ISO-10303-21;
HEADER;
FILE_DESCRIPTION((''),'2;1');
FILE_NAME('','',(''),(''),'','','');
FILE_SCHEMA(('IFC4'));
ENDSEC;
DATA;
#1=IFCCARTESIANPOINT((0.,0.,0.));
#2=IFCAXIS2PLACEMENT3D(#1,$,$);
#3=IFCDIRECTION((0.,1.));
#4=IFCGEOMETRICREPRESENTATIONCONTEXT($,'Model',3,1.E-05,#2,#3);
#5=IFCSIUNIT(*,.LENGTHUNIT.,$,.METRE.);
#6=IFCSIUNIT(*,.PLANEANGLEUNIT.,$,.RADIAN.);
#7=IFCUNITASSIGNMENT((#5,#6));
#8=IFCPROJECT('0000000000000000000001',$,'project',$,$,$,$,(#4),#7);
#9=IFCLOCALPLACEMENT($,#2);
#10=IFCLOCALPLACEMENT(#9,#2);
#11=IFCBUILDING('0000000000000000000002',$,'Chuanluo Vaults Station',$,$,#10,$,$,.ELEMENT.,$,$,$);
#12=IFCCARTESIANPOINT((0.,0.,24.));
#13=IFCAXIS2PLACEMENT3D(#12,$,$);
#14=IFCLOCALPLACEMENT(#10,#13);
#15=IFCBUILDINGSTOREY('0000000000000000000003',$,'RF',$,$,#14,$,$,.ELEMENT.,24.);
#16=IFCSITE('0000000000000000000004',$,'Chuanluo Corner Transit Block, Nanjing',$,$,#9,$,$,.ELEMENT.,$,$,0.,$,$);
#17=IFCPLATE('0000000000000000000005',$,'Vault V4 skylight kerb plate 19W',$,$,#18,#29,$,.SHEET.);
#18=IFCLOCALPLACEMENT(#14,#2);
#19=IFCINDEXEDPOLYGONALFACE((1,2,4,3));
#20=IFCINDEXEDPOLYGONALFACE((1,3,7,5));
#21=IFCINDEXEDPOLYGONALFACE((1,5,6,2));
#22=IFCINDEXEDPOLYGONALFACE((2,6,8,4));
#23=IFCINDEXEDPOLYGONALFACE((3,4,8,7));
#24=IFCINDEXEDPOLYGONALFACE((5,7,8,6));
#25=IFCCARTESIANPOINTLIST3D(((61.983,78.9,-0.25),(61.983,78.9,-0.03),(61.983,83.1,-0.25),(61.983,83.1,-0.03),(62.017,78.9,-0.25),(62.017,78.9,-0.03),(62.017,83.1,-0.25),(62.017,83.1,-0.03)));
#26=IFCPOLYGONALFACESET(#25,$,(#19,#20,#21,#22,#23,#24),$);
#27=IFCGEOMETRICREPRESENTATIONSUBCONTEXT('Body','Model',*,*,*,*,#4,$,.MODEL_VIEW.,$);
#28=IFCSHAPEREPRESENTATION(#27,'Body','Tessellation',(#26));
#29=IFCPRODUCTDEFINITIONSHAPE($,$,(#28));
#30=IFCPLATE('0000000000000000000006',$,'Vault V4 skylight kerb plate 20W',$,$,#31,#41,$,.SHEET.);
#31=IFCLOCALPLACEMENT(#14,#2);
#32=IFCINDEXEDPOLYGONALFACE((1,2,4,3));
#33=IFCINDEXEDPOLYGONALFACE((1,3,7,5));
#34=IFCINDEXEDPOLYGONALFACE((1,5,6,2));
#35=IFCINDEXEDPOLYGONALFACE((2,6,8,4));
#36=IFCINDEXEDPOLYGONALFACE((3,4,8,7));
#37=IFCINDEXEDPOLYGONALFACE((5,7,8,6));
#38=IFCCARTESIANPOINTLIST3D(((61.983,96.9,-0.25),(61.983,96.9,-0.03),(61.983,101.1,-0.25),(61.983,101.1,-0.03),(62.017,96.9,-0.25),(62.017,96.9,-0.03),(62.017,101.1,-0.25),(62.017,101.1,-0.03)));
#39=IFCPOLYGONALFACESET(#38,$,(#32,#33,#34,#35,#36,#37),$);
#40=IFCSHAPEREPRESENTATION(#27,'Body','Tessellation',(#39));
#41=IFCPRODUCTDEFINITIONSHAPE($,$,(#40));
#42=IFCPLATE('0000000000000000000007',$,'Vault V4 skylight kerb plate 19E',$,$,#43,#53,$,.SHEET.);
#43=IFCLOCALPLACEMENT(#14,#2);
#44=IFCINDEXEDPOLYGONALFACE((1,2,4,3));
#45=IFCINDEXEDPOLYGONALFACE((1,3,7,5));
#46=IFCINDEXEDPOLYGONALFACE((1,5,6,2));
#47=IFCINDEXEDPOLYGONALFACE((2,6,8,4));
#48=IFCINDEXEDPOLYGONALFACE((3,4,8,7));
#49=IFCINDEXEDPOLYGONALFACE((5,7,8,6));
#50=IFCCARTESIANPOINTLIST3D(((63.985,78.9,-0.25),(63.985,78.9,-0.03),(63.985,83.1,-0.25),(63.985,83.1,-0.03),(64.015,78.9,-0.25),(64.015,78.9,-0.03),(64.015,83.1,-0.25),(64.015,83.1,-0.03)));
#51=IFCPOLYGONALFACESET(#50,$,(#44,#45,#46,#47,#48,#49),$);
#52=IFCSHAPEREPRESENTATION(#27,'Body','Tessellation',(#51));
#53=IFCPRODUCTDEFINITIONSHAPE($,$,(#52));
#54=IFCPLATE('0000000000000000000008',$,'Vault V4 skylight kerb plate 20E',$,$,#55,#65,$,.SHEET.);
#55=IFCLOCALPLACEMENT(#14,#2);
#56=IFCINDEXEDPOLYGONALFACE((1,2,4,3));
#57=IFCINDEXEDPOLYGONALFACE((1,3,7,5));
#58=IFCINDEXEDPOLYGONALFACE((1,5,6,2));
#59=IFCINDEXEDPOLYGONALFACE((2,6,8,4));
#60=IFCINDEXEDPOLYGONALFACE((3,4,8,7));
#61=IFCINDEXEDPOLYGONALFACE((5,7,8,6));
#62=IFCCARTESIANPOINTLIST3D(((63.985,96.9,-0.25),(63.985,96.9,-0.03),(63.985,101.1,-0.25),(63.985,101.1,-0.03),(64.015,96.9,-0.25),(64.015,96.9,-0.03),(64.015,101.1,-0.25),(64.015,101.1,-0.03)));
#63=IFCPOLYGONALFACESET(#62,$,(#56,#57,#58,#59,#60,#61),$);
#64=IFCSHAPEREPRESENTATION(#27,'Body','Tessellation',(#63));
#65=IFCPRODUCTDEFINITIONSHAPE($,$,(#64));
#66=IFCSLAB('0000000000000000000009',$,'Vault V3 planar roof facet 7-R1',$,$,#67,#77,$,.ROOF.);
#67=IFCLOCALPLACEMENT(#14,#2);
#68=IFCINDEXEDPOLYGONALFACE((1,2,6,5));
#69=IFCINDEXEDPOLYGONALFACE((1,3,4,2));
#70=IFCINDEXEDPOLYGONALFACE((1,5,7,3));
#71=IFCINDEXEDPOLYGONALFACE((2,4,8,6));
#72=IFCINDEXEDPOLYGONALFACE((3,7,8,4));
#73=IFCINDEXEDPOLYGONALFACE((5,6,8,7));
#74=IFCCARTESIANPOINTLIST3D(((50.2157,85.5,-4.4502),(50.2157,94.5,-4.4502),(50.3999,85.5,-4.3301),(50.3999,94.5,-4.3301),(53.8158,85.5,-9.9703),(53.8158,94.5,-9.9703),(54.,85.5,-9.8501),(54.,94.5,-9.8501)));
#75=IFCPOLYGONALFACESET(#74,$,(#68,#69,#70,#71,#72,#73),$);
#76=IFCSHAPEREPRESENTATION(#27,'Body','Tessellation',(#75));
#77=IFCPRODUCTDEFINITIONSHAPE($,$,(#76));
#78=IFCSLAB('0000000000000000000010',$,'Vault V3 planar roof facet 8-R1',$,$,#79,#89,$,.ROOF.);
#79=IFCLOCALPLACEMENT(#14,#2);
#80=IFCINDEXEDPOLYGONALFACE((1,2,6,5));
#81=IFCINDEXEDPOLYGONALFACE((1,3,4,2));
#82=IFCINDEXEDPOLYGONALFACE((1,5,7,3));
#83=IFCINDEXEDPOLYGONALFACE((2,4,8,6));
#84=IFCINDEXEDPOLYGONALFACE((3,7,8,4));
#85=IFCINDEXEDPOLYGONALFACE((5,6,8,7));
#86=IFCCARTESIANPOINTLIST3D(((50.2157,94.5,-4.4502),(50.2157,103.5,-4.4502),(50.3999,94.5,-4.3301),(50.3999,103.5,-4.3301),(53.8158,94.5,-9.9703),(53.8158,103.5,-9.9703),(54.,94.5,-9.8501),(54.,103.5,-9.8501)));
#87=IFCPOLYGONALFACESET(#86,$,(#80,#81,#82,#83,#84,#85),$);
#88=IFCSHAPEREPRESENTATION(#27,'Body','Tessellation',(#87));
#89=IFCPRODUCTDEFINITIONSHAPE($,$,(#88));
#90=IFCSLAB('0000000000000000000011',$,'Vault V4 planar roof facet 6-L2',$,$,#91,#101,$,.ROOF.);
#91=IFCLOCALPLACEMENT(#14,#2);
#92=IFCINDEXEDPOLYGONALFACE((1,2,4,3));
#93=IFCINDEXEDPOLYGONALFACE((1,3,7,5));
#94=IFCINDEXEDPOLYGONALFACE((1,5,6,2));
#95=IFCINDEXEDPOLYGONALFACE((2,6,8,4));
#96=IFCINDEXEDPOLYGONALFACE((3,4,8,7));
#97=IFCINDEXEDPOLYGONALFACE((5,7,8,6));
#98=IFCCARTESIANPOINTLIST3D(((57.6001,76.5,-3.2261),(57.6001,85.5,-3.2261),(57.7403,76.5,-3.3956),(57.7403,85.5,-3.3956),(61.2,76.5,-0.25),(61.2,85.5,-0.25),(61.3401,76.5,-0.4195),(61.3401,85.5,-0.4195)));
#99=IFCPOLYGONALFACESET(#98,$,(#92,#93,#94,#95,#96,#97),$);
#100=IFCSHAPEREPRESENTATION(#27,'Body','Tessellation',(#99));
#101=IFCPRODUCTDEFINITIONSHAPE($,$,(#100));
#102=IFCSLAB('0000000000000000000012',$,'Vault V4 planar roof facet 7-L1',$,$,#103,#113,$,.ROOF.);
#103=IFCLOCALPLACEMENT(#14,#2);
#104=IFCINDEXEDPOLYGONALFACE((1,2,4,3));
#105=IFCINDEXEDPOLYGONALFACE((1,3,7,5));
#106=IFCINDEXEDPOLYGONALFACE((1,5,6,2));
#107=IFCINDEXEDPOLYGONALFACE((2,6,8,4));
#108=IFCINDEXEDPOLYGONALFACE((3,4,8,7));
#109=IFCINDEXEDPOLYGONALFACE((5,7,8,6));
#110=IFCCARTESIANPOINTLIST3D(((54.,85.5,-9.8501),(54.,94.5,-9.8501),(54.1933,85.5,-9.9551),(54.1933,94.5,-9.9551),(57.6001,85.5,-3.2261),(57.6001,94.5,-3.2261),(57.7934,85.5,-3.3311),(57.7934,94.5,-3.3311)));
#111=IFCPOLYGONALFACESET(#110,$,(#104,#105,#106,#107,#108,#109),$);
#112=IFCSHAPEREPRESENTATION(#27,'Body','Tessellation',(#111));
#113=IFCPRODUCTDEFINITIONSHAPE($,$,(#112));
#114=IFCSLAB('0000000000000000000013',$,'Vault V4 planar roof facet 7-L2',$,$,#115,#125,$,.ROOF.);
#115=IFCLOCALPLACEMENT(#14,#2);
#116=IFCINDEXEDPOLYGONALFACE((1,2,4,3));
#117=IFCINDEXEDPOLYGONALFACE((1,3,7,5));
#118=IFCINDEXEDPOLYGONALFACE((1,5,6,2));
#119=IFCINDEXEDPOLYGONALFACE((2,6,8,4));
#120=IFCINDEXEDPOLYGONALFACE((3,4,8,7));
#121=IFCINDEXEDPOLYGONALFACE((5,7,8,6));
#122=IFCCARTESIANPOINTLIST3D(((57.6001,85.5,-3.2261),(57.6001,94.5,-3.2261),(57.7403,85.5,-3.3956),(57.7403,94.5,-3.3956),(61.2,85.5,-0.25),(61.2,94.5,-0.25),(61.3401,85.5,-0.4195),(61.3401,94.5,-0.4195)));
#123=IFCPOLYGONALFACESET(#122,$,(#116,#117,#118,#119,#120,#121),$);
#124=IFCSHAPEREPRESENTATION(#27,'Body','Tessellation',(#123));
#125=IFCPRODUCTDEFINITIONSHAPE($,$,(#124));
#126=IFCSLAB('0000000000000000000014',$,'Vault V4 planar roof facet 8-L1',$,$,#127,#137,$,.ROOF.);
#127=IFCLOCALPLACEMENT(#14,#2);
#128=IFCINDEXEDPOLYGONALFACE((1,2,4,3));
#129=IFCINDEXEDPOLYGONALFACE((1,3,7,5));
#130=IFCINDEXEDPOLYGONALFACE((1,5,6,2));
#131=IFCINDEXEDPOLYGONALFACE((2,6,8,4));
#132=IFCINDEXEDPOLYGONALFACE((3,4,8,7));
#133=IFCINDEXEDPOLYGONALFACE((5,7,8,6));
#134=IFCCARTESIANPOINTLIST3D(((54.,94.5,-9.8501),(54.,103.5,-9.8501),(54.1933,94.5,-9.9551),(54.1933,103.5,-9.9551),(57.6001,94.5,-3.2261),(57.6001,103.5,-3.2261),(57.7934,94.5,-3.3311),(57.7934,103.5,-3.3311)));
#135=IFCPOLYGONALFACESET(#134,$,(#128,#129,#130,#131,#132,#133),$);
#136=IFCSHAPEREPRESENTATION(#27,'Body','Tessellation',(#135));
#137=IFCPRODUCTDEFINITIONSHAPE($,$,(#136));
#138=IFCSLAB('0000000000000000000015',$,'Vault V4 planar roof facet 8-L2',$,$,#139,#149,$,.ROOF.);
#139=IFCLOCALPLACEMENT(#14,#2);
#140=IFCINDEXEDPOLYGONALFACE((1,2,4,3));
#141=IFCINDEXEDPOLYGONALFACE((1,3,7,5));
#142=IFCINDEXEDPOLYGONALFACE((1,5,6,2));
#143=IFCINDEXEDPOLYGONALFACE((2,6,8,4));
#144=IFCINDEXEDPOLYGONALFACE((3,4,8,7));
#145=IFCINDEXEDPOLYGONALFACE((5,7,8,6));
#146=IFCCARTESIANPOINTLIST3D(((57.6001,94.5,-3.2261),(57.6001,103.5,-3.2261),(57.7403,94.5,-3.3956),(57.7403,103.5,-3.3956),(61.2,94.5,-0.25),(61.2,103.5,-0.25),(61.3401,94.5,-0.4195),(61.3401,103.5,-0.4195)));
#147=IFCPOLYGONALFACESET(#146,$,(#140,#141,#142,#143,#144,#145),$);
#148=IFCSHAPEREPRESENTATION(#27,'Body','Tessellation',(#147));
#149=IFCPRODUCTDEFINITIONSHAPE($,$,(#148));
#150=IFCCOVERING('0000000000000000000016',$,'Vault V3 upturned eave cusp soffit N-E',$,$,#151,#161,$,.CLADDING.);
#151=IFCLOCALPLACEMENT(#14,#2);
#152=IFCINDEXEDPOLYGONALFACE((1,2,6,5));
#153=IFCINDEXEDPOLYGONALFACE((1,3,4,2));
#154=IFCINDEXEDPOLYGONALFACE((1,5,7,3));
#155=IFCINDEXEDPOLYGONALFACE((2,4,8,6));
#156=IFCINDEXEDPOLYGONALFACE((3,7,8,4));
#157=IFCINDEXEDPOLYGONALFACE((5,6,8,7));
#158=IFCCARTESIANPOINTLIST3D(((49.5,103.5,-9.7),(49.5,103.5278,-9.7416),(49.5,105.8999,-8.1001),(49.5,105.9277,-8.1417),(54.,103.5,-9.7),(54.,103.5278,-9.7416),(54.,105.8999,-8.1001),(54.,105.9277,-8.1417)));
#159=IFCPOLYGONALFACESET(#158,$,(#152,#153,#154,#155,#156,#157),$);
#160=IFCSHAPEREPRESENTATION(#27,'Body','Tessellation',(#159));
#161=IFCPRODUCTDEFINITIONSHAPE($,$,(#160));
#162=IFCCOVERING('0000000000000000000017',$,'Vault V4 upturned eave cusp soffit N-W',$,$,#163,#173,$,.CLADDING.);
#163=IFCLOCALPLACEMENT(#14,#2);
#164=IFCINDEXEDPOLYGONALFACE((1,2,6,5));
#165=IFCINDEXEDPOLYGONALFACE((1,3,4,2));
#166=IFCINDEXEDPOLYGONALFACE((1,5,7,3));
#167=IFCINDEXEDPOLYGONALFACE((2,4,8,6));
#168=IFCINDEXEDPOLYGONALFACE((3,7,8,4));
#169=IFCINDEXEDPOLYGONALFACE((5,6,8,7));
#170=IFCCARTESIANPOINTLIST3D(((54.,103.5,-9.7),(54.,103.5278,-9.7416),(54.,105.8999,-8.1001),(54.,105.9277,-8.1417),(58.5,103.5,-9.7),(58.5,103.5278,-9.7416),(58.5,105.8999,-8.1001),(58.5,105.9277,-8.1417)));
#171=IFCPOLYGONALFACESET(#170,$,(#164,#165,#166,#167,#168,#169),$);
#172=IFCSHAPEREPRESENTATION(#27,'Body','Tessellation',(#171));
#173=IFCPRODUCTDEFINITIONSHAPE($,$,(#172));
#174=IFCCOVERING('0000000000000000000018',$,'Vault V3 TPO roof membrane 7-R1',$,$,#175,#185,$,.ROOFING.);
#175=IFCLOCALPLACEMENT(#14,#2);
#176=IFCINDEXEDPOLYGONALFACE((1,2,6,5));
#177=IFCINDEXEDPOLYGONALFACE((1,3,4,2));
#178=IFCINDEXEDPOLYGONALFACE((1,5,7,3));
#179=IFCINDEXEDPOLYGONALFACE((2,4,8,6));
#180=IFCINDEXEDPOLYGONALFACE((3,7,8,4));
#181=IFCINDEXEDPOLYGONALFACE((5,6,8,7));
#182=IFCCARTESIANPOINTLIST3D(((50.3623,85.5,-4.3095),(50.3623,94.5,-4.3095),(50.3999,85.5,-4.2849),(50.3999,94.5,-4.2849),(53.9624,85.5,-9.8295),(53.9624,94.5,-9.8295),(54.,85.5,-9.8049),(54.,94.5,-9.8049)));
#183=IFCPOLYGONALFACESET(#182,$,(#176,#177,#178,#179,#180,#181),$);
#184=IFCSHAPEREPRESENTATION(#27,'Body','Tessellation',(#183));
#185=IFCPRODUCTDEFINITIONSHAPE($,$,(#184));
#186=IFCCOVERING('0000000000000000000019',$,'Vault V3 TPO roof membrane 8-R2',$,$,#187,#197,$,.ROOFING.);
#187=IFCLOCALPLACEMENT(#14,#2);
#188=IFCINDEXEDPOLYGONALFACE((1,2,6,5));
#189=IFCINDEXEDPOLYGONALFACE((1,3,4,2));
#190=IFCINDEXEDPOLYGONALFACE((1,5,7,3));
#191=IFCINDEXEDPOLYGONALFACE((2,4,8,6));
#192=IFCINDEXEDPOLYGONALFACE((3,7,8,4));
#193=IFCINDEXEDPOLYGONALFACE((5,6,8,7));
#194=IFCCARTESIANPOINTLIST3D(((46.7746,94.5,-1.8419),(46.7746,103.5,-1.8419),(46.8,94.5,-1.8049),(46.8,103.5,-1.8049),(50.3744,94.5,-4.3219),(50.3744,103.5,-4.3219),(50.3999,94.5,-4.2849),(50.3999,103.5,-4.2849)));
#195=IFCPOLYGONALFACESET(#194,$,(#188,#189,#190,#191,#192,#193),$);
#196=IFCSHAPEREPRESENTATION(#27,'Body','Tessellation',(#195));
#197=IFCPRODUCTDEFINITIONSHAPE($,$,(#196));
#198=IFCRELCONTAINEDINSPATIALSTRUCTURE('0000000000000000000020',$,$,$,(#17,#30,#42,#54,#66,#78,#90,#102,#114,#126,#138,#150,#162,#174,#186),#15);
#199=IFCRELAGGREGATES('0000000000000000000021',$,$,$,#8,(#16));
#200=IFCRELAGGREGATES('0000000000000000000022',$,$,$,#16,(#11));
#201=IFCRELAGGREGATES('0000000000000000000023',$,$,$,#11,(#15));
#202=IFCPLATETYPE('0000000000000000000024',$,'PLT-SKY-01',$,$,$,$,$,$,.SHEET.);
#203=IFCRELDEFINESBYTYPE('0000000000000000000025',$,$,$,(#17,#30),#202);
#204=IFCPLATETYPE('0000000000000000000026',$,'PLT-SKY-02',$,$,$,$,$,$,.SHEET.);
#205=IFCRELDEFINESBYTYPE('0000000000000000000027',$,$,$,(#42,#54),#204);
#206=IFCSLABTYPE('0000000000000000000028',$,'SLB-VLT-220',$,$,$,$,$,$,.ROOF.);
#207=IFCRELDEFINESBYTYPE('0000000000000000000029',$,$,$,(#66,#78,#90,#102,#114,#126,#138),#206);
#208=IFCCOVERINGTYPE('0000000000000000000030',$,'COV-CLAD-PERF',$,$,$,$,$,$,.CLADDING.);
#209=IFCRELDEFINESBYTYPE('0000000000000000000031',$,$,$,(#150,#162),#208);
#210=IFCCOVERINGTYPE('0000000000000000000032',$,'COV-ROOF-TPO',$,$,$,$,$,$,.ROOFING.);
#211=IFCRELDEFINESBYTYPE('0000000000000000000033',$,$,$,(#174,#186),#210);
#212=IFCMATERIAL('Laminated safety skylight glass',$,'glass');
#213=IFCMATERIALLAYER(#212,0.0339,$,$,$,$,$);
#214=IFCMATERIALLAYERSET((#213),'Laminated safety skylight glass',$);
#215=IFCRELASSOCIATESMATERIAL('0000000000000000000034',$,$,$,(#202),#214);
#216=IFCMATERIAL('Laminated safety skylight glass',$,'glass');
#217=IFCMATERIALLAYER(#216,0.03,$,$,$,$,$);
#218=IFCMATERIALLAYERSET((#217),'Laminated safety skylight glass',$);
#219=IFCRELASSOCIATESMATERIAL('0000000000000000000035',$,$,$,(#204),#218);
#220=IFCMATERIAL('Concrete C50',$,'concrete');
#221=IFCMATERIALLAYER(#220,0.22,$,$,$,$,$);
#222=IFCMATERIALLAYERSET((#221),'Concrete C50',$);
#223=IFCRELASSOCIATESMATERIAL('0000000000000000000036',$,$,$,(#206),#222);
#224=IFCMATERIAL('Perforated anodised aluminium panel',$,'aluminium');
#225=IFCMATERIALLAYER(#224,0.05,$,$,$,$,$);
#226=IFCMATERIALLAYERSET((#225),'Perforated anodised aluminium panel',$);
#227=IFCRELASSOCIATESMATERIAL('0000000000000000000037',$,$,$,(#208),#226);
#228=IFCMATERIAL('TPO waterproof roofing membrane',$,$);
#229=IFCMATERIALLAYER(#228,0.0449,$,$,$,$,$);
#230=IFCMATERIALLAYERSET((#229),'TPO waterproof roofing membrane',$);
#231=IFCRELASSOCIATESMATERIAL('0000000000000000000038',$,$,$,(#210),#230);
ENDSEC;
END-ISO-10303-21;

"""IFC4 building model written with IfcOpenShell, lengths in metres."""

from ifc_helpers import new_model, si_unit, direction, frame, origin, origin_2d, place, context, subcontext, project, spatial, polyline, rectangle, outline, extrude, material, layer, layer_set, type_object, element, save


model = new_model("IFC4")

# Units and contexts
model_context = context("Model", 3, precision=1e-05, world=origin(), true_north=direction((0.0, 1.0)))
body_context = subcontext(model_context, "Body", "Model", "MODEL_VIEW")
ifc_project = project(units=[si_unit("LENGTHUNIT", "METRE"), si_unit("PLANEANGLEUNIT", "RADIAN")], contexts=[model_context])

# Site, building, storey
site_placement = place(None, origin())
site = spatial("IfcSite", under=ifc_project, at=site_placement, Name="Chuanluo Corner Transit Block, Nanjing", CompositionType="ELEMENT", RefElevation=0.0)
building_placement = place(site_placement, origin())
building = spatial("IfcBuilding", under=site, at=building_placement, Name="Chuanluo Vaults Station", CompositionType="ELEMENT")
storey_placement = place(building_placement, frame((0.0, 0.0, 24.0)))
storey = spatial("IfcBuildingStorey", under=building, at=storey_placement, Name="RF", CompositionType="ELEMENT", Elevation=24.0)

# Plates
ifc_material_1 = material(Name="Laminated safety skylight glass", Category="glass")
ifc_layer_1 = layer(ifc_material_1, 0.0339)
ifc_layer_set_1 = layer_set([ifc_layer_1], Name="Laminated safety skylight glass")
plate_type_1 = type_object("IfcPlateType", Name="PLT-SKY-01", PredefinedType="SHEET", material=ifc_layer_set_1)
for number, where, z_axis, x_axis, name in (
    (1, (62.0, 81.0, -0.25), (0.0, 0.0, 1.0), (1.0, 0.0, 0.0), "Vault V4 skylight kerb plate 19W"),
    (2, (62.0, 99.0, -0.25), (0.0, 0.0, 1.0), (1.0, 0.0, 0.0), "Vault V4 skylight kerb plate 20W"),
):
    element("IfcPlate", number, at=place(storey_placement, frame(where, z_axis=z_axis, x_axis=x_axis)), inside=storey, type_object=plate_type_1, Name=name, PredefinedType="SHEET", context=body_context, shape_type="SweptSolid", body=[
        extrude(rectangle(XDim=0.0339, YDim=4.2, at=origin_2d()), origin(), (0.0, 0.0, 1.0), 0.22),
    ])
ifc_material_2 = material(Name="Laminated safety skylight glass", Category="glass")
ifc_layer_2 = layer(ifc_material_2, 0.03)
ifc_layer_set_2 = layer_set([ifc_layer_2], Name="Laminated safety skylight glass")
plate_type_2 = type_object("IfcPlateType", Name="PLT-SKY-02", PredefinedType="SHEET", material=ifc_layer_set_2)
for number, where, z_axis, x_axis, name in (
    (3, (64.0, 81.0, -0.25), (0.0, 0.0, 1.0), (1.0, 0.0, 0.0), "Vault V4 skylight kerb plate 19E"),
    (4, (64.0, 99.0, -0.25), (0.0, 0.0, 1.0), (1.0, 0.0, 0.0), "Vault V4 skylight kerb plate 20E"),
):
    element("IfcPlate", number, at=place(storey_placement, frame(where, z_axis=z_axis, x_axis=x_axis)), inside=storey, type_object=plate_type_2, Name=name, PredefinedType="SHEET", context=body_context, shape_type="SweptSolid", body=[
        extrude(rectangle(XDim=0.03, YDim=4.2, at=origin_2d()), origin(), (0.0, 0.0, 1.0), 0.22),
    ])

# Slabs
ifc_material_3 = material(Name="Concrete C50", Category="concrete")
ifc_layer_3 = layer(ifc_material_3, 0.22)
ifc_layer_set_3 = layer_set([ifc_layer_3], Name="Concrete C50")
slab_type = type_object("IfcSlabType", Name="SLB-VLT-220", PredefinedType="ROOF", material=ifc_layer_set_3)
for number, where, z_axis, x_axis, name in (
    (5, (50.3999, 85.5, -4.3301), (0.837605, 0.0, 0.546277), (0.546277, 0.0, -0.837605), "Vault V3 planar roof facet 7-R1"),
    (6, (50.3999, 94.5, -4.3301), (0.837605, 0.0, 0.546277), (0.546277, 0.0, -0.837605), "Vault V3 planar roof facet 8-R1"),
):
    element("IfcSlab", number, at=place(storey_placement, frame(where, z_axis=z_axis, x_axis=x_axis)), inside=storey, type_object=slab_type, Name=name, PredefinedType="ROOF", context=body_context, shape_type="SweptSolid", body=[
        extrude(outline(polyline([(0.0, 0.0), (6.5902, 0.0), (6.5902, 9.0), (0.0, 9.0), (0.0, 0.0)])), origin(), (0.0, 0.0, -1.0), 0.22),
    ])
slab_1_placement = place(storey_placement, frame((57.6001, 76.5, -3.2261), z_axis=(-0.637172, 0.0, 0.770722), x_axis=(0.770722, 0.0, 0.637172)))
element("IfcSlab", 7, at=slab_1_placement, inside=storey, type_object=slab_type, Name="Vault V4 planar roof facet 6-L2", PredefinedType="ROOF", context=body_context, shape_type="SweptSolid", body=[
    extrude(outline(polyline([(0.0, 0.0), (4.6708, 0.0), (4.6708, 9.0), (0.0, 9.0), (0.0, 0.0)])), origin(), (0.0, 0.0, -1.0), 0.22),
])
slab_2_placement = place(storey_placement, frame((54.0, 85.5, -9.8501), z_axis=(-0.87862, 0.0, 0.477522), x_axis=(0.477522, 0.0, 0.87862)))
element("IfcSlab", 8, at=slab_2_placement, inside=storey, type_object=slab_type, Name="Vault V4 planar roof facet 7-L1", PredefinedType="ROOF", context=body_context, shape_type="SweptSolid", body=[
    extrude(outline(polyline([(0.0, 0.0), (7.5391, 0.0), (7.5391, 9.0), (0.0, 9.0), (0.0, 0.0)])), origin(), (0.0, 0.0, -1.0), 0.22),
])
slab_3_placement = place(storey_placement, frame((57.6001, 85.5, -3.2261), z_axis=(-0.637172, 0.0, 0.770722), x_axis=(0.770722, 0.0, 0.637172)))
element("IfcSlab", 9, at=slab_3_placement, inside=storey, type_object=slab_type, Name="Vault V4 planar roof facet 7-L2", PredefinedType="ROOF", context=body_context, shape_type="SweptSolid", body=[
    extrude(outline(polyline([(0.0, 0.0), (4.6708, 0.0), (4.6708, 9.0), (0.0, 9.0), (0.0, 0.0)])), origin(), (0.0, 0.0, -1.0), 0.22),
])
slab_4_placement = place(storey_placement, frame((54.0, 94.5, -9.8501), z_axis=(-0.87862, 0.0, 0.477522), x_axis=(0.477522, 0.0, 0.87862)))
element("IfcSlab", 10, at=slab_4_placement, inside=storey, type_object=slab_type, Name="Vault V4 planar roof facet 8-L1", PredefinedType="ROOF", context=body_context, shape_type="SweptSolid", body=[
    extrude(outline(polyline([(0.0, 0.0), (7.5391, 0.0), (7.5391, 9.0), (0.0, 9.0), (0.0, 0.0)])), origin(), (0.0, 0.0, -1.0), 0.22),
])
slab_5_placement = place(storey_placement, frame((57.6001, 94.5, -3.2261), z_axis=(-0.637172, 0.0, 0.770722), x_axis=(0.770722, 0.0, 0.637172)))
element("IfcSlab", 11, at=slab_5_placement, inside=storey, type_object=slab_type, Name="Vault V4 planar roof facet 8-L2", PredefinedType="ROOF", context=body_context, shape_type="SweptSolid", body=[
    extrude(outline(polyline([(0.0, 0.0), (4.6708, 0.0), (4.6708, 9.0), (0.0, 9.0), (0.0, 0.0)])), origin(), (0.0, 0.0, -1.0), 0.22),
])

# Coverings
ifc_material_4 = material(Name="Perforated anodised aluminium panel", Category="aluminium")
ifc_layer_4 = layer(ifc_material_4, 0.05)
ifc_layer_set_4 = layer_set([ifc_layer_4], Name="Perforated anodised aluminium panel")
covering_type_1 = type_object("IfcCoveringType", Name="COV-CLAD-PERF", PredefinedType="CLADDING", material=ifc_layer_set_4)
for number, where, z_axis, x_axis, name in (
    (12, (49.5, 103.5, -9.7), (0.0, -0.554681, 0.832063), (1.0, 0.0, 0.0), "Vault V3 upturned eave cusp soffit N-E"),
    (13, (54.0, 103.5, -9.7), (0.0, -0.554681, 0.832063), (1.0, 0.0, 0.0), "Vault V4 upturned eave cusp soffit N-W"),
):
    element("IfcCovering", number, at=place(storey_placement, frame(where, z_axis=z_axis, x_axis=x_axis)), inside=storey, type_object=covering_type_1, Name=name, PredefinedType="CLADDING", context=body_context, shape_type="SweptSolid", body=[
        extrude(outline(polyline([(0.0, 0.0), (4.5, 0.0), (4.5, 2.8843), (0.0, 2.8843), (0.0, 0.0)])), origin(), (0.0, 0.0, -1.0), 0.05),
    ])
ifc_material_5 = material(Name="TPO waterproof roofing membrane")
ifc_layer_5 = layer(ifc_material_5, 0.0449)
ifc_layer_set_5 = layer_set([ifc_layer_5], Name="TPO waterproof roofing membrane")
covering_type_2 = type_object("IfcCoveringType", Name="COV-ROOF-TPO", PredefinedType="ROOFING", material=ifc_layer_set_5)
covering_1_placement = place(storey_placement, frame((50.3999, 85.5, -4.2849), z_axis=(0.837605, 0.0, 0.546277), x_axis=(0.546277, 0.0, -0.837605)))
element("IfcCovering", 14, at=covering_1_placement, inside=storey, type_object=covering_type_2, Name="Vault V3 TPO roof membrane 7-R1", PredefinedType="ROOFING", context=body_context, shape_type="SweptSolid", body=[
    extrude(outline(polyline([(0.0, 0.0), (6.5902, 0.0), (6.5902, 9.0), (0.0, 9.0), (0.0, 0.0)])), origin(), (0.0, 0.0, -1.0), 0.0449),
])
covering_2_placement = place(storey_placement, frame((46.8, 94.5, -1.8049), z_axis=(0.567318, 0.0, 0.823499), x_axis=(0.823499, 0.0, -0.567318)))
element("IfcCovering", 15, at=covering_2_placement, inside=storey, type_object=covering_type_2, Name="Vault V3 TPO roof membrane 8-R2", PredefinedType="ROOFING", context=body_context, shape_type="SweptSolid", body=[
    extrude(outline(polyline([(0.0, 0.0), (4.3714, 0.0), (4.3714, 9.0), (0.0, 9.0), (0.0, 0.0)])), origin(), (0.0, 0.0, -1.0), 0.0449),
])

save(model, "model.ifc")
